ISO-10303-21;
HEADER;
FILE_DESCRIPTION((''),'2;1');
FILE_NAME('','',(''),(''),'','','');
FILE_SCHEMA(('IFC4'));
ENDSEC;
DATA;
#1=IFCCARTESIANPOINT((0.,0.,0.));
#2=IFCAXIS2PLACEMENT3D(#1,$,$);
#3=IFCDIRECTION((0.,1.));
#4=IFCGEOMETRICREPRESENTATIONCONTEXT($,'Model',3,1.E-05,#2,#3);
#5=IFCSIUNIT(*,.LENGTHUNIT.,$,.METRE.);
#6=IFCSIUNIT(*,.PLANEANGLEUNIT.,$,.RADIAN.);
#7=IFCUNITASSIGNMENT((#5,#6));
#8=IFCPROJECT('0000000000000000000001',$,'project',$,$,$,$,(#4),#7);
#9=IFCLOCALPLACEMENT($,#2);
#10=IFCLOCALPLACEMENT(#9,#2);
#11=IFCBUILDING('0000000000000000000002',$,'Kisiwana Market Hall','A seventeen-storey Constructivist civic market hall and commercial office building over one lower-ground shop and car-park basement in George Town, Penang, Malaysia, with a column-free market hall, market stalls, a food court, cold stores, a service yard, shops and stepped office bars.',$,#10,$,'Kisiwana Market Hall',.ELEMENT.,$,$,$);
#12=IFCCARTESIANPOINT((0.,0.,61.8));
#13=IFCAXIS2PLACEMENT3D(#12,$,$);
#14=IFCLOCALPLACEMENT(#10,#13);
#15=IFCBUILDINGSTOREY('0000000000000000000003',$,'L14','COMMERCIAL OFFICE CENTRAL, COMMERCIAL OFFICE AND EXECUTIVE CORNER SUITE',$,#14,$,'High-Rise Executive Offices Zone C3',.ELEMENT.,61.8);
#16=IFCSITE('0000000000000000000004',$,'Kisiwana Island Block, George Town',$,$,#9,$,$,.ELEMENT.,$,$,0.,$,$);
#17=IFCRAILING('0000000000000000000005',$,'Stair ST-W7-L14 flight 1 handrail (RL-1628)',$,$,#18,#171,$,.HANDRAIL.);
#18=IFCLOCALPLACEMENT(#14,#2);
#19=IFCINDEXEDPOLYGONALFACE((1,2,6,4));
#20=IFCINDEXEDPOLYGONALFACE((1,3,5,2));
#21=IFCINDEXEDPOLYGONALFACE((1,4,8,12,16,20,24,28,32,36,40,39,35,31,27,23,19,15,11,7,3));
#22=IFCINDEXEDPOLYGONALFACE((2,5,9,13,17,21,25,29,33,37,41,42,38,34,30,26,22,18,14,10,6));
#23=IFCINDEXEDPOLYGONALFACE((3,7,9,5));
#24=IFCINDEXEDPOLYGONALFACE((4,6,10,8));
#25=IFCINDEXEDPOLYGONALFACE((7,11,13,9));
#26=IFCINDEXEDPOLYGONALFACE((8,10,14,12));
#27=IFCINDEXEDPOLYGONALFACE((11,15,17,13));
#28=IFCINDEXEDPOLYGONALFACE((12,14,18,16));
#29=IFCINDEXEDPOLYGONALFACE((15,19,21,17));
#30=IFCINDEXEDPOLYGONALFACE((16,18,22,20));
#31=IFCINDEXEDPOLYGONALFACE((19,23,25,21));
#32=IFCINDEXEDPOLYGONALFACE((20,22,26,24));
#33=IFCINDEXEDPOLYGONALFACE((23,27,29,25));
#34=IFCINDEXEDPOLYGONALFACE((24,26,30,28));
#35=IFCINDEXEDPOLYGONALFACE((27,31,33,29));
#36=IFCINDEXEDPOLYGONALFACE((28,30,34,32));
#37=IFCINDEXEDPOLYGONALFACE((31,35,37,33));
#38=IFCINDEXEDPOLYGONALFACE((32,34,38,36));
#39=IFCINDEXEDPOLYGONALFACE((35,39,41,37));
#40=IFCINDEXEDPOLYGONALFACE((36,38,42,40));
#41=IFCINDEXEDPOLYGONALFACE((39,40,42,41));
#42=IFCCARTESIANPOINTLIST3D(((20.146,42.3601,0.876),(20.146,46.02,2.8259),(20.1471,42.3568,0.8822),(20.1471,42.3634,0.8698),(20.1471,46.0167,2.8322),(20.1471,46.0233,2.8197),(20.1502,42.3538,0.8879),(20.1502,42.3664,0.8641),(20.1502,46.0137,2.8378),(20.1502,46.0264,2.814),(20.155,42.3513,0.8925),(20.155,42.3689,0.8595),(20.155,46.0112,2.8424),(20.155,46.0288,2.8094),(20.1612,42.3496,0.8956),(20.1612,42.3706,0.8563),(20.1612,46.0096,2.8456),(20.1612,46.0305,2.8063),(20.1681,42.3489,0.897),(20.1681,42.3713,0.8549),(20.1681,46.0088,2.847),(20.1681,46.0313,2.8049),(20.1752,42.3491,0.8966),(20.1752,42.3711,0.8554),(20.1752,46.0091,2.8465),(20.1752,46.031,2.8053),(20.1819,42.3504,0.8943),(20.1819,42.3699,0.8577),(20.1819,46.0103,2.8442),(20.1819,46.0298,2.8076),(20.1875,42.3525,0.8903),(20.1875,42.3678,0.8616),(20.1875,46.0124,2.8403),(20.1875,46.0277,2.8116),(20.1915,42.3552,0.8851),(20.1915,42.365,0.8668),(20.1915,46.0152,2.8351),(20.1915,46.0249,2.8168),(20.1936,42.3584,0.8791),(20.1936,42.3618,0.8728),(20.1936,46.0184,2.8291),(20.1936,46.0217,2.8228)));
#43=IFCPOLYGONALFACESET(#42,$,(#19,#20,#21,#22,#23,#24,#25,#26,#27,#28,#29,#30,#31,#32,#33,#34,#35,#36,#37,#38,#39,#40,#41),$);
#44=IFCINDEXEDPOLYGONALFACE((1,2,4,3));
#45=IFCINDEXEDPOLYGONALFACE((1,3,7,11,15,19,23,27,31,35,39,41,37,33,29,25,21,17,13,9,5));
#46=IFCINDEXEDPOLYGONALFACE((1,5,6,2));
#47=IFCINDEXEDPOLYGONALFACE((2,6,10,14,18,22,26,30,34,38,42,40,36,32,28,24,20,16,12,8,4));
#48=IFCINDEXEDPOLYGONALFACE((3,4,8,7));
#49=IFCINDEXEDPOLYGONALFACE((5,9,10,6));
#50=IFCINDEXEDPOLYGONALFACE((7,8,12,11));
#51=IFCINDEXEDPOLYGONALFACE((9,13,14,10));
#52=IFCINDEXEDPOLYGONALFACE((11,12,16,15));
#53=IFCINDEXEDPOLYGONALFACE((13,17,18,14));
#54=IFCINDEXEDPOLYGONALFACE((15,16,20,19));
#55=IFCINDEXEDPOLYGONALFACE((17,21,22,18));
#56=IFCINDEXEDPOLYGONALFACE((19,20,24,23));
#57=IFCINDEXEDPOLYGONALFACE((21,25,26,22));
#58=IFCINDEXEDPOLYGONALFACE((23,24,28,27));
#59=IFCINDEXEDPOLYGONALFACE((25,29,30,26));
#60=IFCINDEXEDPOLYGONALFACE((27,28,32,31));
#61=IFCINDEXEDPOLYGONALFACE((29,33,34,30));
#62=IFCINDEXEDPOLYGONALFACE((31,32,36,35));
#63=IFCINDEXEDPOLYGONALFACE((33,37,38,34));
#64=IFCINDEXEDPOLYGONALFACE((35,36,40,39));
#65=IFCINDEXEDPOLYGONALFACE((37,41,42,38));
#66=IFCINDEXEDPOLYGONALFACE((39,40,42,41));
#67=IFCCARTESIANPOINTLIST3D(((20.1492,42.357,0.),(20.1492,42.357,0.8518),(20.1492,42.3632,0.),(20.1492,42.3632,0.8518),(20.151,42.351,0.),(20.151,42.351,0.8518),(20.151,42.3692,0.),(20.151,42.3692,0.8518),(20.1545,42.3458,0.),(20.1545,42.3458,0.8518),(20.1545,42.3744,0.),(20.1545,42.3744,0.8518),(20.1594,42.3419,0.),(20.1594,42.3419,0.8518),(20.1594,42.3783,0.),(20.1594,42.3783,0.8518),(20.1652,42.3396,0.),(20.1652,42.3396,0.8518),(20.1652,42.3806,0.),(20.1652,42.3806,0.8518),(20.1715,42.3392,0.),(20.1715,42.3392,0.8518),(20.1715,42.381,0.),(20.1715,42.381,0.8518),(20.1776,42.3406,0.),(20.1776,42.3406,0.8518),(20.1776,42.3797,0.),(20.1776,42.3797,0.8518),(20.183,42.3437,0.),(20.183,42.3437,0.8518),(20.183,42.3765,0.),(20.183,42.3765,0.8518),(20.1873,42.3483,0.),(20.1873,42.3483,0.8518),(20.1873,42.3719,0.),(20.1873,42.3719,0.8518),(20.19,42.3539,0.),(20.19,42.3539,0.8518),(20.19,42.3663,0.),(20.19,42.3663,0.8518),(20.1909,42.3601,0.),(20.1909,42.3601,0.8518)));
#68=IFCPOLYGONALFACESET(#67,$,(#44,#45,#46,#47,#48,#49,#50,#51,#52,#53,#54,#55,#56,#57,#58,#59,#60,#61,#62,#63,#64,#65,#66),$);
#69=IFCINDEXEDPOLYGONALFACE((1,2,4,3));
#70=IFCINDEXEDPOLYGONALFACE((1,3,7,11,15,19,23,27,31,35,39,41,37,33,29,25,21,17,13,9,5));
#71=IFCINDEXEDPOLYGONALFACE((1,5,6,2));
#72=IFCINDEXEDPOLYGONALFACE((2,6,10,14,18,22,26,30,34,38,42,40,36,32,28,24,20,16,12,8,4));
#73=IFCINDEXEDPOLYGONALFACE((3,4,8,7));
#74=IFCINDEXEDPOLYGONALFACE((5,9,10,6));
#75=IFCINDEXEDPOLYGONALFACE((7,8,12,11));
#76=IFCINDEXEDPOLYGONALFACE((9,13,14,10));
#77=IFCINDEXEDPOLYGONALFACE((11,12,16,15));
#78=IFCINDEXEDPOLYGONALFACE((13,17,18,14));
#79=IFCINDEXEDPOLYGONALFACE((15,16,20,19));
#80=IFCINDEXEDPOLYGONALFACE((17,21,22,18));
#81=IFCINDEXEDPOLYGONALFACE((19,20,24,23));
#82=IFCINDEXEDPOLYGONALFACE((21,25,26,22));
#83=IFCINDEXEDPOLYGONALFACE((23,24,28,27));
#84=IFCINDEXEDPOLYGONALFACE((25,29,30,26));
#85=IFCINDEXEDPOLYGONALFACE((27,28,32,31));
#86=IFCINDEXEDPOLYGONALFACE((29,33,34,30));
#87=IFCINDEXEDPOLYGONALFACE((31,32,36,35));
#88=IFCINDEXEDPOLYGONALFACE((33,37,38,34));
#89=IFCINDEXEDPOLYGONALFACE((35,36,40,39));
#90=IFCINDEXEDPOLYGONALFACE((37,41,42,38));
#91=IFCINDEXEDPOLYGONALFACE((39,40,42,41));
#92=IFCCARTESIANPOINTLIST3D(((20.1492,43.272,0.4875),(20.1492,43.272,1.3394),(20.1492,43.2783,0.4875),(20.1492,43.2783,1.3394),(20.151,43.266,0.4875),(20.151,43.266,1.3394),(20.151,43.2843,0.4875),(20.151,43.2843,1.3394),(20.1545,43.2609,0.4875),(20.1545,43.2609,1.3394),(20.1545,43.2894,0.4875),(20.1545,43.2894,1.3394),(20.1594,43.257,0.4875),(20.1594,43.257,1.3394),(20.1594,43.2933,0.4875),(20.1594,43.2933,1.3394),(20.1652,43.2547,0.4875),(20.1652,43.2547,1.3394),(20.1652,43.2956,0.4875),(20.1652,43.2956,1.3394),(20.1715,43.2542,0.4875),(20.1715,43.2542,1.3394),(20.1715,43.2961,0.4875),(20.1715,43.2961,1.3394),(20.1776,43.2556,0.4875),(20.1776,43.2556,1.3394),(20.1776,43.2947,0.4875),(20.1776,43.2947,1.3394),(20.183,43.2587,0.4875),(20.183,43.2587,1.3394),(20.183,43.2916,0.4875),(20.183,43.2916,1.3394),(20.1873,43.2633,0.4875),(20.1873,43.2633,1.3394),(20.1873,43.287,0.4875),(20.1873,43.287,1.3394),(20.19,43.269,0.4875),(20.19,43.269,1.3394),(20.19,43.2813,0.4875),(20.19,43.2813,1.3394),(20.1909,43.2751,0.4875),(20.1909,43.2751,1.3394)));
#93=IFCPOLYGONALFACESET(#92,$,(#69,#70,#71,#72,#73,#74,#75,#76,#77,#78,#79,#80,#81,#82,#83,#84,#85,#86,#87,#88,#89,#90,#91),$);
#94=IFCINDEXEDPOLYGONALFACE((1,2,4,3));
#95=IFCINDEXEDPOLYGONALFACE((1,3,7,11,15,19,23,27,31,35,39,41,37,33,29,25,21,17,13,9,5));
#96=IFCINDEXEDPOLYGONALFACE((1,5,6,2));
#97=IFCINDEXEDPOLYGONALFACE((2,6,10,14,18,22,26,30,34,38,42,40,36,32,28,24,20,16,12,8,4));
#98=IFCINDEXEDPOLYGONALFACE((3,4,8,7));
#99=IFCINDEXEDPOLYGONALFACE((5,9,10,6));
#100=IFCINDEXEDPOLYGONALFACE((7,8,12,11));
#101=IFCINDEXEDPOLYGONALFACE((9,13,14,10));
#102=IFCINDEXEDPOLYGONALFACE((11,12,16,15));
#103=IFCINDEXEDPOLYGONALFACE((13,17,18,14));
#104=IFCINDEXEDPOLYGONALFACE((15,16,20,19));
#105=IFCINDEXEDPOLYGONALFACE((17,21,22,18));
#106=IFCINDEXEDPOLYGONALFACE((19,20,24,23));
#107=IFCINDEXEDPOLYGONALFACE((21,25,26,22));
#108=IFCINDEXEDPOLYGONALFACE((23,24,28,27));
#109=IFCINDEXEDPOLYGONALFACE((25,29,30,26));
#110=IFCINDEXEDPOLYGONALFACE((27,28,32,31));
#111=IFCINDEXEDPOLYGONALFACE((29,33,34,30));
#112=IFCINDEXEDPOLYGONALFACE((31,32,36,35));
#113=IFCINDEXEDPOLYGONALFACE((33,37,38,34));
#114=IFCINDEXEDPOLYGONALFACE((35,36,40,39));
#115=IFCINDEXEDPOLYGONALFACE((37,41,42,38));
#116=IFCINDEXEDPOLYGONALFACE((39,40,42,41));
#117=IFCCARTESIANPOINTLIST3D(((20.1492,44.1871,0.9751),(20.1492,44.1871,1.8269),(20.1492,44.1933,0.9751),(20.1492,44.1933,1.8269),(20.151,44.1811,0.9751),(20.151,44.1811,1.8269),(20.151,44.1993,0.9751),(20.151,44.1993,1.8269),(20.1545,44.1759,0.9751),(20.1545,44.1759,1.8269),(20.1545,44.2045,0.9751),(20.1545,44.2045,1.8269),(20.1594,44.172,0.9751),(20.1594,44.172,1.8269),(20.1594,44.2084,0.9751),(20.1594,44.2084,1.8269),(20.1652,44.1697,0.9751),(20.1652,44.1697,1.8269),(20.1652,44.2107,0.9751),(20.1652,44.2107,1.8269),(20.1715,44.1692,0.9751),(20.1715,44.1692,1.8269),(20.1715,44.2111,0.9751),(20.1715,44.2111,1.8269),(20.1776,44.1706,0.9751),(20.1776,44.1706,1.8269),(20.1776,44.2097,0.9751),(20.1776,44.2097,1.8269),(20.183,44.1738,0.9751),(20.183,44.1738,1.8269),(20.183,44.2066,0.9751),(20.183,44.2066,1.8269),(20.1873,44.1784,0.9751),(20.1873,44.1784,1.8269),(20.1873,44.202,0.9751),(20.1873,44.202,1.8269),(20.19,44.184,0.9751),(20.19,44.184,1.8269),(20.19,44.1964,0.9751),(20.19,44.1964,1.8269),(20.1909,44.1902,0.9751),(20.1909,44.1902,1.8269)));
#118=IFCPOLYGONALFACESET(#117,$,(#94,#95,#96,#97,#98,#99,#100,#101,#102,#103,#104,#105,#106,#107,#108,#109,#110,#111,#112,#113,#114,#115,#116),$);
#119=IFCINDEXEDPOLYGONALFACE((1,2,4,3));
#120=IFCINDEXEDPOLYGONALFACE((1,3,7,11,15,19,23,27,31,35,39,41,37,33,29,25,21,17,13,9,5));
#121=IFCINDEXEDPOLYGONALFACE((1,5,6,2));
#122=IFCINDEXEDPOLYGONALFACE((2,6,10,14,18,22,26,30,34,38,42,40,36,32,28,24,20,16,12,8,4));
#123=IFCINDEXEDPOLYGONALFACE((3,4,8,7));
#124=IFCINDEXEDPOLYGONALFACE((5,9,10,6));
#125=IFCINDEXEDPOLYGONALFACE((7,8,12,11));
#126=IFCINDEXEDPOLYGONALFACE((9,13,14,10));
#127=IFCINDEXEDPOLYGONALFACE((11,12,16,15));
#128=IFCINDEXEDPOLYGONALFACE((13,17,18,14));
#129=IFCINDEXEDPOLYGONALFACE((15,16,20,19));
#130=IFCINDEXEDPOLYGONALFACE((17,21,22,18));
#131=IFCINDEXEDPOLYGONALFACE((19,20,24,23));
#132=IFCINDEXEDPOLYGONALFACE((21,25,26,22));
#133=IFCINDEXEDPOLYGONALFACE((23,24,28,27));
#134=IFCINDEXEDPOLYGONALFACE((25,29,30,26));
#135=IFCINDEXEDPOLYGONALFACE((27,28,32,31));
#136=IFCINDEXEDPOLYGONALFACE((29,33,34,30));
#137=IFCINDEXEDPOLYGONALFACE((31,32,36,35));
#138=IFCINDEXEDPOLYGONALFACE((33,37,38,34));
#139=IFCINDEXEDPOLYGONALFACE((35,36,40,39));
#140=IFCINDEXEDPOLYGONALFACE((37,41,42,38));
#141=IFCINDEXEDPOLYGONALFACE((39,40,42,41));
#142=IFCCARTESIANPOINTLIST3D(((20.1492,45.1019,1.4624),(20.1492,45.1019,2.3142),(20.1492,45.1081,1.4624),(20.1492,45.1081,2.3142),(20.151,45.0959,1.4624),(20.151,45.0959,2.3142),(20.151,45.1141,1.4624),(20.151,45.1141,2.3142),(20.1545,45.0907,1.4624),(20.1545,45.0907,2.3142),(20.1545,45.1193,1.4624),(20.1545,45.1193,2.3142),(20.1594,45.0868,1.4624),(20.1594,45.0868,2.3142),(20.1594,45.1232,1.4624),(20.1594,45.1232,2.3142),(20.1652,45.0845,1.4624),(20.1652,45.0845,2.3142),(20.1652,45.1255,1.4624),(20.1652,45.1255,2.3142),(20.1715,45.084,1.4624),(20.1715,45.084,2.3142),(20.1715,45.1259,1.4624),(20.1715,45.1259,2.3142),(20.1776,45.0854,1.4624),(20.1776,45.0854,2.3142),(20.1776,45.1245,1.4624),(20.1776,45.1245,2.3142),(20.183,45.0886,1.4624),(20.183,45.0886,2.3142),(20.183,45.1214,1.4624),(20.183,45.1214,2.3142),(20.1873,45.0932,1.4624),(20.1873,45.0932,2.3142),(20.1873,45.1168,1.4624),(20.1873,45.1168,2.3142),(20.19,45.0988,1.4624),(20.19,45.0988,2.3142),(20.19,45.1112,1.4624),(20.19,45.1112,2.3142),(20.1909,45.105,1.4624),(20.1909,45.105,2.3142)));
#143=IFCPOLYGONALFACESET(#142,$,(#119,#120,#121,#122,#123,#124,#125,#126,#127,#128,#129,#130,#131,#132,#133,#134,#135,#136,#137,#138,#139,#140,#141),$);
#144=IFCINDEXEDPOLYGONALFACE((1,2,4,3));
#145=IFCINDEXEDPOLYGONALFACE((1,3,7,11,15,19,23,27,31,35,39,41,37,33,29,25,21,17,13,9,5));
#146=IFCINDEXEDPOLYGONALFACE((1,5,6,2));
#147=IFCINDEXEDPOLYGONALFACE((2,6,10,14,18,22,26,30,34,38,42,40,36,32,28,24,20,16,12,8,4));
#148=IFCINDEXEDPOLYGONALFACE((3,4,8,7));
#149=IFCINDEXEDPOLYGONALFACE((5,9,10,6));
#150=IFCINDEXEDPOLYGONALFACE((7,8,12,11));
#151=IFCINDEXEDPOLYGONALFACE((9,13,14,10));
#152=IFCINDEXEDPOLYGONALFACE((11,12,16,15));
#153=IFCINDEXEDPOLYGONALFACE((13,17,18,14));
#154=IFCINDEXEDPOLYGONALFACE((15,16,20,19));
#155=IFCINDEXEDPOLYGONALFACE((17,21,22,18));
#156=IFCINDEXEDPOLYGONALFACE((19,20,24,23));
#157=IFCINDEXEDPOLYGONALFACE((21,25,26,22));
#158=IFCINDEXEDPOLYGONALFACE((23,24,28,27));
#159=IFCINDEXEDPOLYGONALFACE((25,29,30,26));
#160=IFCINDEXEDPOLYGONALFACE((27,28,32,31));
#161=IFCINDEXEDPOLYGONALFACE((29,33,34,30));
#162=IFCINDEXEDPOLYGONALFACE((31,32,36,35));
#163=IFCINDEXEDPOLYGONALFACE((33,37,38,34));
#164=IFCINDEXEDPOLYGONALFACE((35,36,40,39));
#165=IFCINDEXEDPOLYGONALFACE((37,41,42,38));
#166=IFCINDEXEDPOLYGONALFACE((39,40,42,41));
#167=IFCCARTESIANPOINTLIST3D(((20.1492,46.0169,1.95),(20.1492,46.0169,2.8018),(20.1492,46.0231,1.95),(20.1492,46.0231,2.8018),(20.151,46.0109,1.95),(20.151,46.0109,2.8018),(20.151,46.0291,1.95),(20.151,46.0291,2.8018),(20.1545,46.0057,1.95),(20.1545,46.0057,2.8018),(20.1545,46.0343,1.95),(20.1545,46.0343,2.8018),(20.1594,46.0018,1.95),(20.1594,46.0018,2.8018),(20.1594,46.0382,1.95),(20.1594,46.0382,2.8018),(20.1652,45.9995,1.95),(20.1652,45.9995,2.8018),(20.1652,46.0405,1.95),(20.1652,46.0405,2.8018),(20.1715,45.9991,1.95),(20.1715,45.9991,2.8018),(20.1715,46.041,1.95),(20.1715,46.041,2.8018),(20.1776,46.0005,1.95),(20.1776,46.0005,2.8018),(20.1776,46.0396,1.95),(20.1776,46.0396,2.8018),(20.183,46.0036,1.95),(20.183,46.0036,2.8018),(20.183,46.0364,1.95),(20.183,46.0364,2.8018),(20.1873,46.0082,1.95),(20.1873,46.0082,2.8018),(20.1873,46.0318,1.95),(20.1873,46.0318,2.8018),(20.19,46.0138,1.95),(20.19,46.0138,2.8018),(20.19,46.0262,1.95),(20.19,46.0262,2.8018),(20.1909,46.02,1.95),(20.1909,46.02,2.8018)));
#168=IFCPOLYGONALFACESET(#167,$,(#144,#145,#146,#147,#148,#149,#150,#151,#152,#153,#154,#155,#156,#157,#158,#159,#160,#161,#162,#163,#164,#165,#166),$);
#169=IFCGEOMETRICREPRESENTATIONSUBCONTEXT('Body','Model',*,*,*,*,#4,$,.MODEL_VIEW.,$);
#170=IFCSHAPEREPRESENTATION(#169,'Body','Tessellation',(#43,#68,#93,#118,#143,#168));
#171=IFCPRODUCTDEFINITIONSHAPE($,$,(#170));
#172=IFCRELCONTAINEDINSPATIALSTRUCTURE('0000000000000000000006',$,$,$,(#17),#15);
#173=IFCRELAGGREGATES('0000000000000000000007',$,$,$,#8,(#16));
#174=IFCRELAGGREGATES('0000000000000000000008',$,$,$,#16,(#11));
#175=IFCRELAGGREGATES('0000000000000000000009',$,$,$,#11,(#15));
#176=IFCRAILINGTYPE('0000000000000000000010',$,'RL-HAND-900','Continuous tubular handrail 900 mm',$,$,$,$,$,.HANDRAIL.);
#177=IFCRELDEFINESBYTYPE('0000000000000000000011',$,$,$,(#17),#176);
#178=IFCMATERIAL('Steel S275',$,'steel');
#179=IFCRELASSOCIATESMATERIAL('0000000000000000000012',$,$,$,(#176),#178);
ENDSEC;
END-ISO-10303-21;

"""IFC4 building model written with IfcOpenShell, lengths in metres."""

from ifc_helpers import new_model, si_unit, direction, frame, origin, origin_2d, place, context, subcontext, project, spatial, circle, extrude, material, type_object, element, save


model = new_model("IFC4")

# Units and contexts
model_context = context("Model", 3, precision=1e-05, world=origin(), true_north=direction((0.0, 1.0)))
body_context = subcontext(model_context, "Body", "Model", "MODEL_VIEW")
ifc_project = project(units=[si_unit("LENGTHUNIT", "METRE"), si_unit("PLANEANGLEUNIT", "RADIAN")], contexts=[model_context])

# Site, building, storey
site_placement = place(None, origin())
site = spatial("IfcSite", under=ifc_project, at=site_placement, Name="Kisiwana Island Block, George Town", CompositionType="ELEMENT", RefElevation=0.0)
building_placement = place(site_placement, origin())
building = spatial("IfcBuilding", under=site, at=building_placement, Name="Kisiwana Market Hall", Description="A seventeen-storey Constructivist civic market hall and commercial office building over one lower-ground shop and car-park basement in George Town, Penang, Malaysia, with a column-free market hall, market stalls, a food court, cold stores, a service yard, shops and stepped office bars.", LongName="Kisiwana Market Hall", CompositionType="ELEMENT")
storey_placement = place(building_placement, frame((0.0, 0.0, 61.8)))
storey = spatial("IfcBuildingStorey", under=building, at=storey_placement, Name="L14", Description="COMMERCIAL OFFICE CENTRAL, COMMERCIAL OFFICE AND EXECUTIVE CORNER SUITE", LongName="High-Rise Executive Offices Zone C3", CompositionType="ELEMENT", Elevation=61.8)

# Railing
ifc_material_1 = material(Name="Steel S275", Category="steel")
railing_type_1 = type_object("IfcRailingType", Name="RL-HAND-900", Description="Continuous tubular handrail 900 mm", PredefinedType="HANDRAIL", material=ifc_material_1)
railing_1_placement = place(storey_placement, frame((20.1699, 42.3601, 0.0)))
element("IfcRailing", 1, at=railing_1_placement, inside=storey, type_object=railing_type_1, Name="Stair ST-W7-L14 flight 1 handrail (RL-1628)", PredefinedType="HANDRAIL", context=body_context, shape_type="SweptSolid", body=[
    extrude(circle(Radius=0.0239, at=origin_2d()), frame((0.0, 0.0, 0.876), z_axis=(0.0, 0.882553, 0.470212), x_axis=(-1.0, 0.0, 0.0)), (0.0, 0.0, 1.0), 4.147),
    extrude(circle(Radius=0.021, at=origin_2d()), origin(), (0.0, 0.0, 1.0), 0.8518),
    extrude(circle(Radius=0.021, at=origin_2d()), frame((0.0, 0.915, 0.4875)), (0.0, 0.0, 1.0), 0.8518),
    extrude(circle(Radius=0.021, at=origin_2d()), frame((0.0, 1.8301, 0.9751)), (0.0, 0.0, 1.0), 0.8518),
    extrude(circle(Radius=0.021, at=origin_2d()), frame((0.0, 2.7449, 1.4624)), (0.0, 0.0, 1.0), 0.8518),
    extrude(circle(Radius=0.021, at=origin_2d()), frame((0.0, 3.6599, 1.95)), (0.0, 0.0, 1.0), 0.8518),
])

save(model, "model.ifc")
